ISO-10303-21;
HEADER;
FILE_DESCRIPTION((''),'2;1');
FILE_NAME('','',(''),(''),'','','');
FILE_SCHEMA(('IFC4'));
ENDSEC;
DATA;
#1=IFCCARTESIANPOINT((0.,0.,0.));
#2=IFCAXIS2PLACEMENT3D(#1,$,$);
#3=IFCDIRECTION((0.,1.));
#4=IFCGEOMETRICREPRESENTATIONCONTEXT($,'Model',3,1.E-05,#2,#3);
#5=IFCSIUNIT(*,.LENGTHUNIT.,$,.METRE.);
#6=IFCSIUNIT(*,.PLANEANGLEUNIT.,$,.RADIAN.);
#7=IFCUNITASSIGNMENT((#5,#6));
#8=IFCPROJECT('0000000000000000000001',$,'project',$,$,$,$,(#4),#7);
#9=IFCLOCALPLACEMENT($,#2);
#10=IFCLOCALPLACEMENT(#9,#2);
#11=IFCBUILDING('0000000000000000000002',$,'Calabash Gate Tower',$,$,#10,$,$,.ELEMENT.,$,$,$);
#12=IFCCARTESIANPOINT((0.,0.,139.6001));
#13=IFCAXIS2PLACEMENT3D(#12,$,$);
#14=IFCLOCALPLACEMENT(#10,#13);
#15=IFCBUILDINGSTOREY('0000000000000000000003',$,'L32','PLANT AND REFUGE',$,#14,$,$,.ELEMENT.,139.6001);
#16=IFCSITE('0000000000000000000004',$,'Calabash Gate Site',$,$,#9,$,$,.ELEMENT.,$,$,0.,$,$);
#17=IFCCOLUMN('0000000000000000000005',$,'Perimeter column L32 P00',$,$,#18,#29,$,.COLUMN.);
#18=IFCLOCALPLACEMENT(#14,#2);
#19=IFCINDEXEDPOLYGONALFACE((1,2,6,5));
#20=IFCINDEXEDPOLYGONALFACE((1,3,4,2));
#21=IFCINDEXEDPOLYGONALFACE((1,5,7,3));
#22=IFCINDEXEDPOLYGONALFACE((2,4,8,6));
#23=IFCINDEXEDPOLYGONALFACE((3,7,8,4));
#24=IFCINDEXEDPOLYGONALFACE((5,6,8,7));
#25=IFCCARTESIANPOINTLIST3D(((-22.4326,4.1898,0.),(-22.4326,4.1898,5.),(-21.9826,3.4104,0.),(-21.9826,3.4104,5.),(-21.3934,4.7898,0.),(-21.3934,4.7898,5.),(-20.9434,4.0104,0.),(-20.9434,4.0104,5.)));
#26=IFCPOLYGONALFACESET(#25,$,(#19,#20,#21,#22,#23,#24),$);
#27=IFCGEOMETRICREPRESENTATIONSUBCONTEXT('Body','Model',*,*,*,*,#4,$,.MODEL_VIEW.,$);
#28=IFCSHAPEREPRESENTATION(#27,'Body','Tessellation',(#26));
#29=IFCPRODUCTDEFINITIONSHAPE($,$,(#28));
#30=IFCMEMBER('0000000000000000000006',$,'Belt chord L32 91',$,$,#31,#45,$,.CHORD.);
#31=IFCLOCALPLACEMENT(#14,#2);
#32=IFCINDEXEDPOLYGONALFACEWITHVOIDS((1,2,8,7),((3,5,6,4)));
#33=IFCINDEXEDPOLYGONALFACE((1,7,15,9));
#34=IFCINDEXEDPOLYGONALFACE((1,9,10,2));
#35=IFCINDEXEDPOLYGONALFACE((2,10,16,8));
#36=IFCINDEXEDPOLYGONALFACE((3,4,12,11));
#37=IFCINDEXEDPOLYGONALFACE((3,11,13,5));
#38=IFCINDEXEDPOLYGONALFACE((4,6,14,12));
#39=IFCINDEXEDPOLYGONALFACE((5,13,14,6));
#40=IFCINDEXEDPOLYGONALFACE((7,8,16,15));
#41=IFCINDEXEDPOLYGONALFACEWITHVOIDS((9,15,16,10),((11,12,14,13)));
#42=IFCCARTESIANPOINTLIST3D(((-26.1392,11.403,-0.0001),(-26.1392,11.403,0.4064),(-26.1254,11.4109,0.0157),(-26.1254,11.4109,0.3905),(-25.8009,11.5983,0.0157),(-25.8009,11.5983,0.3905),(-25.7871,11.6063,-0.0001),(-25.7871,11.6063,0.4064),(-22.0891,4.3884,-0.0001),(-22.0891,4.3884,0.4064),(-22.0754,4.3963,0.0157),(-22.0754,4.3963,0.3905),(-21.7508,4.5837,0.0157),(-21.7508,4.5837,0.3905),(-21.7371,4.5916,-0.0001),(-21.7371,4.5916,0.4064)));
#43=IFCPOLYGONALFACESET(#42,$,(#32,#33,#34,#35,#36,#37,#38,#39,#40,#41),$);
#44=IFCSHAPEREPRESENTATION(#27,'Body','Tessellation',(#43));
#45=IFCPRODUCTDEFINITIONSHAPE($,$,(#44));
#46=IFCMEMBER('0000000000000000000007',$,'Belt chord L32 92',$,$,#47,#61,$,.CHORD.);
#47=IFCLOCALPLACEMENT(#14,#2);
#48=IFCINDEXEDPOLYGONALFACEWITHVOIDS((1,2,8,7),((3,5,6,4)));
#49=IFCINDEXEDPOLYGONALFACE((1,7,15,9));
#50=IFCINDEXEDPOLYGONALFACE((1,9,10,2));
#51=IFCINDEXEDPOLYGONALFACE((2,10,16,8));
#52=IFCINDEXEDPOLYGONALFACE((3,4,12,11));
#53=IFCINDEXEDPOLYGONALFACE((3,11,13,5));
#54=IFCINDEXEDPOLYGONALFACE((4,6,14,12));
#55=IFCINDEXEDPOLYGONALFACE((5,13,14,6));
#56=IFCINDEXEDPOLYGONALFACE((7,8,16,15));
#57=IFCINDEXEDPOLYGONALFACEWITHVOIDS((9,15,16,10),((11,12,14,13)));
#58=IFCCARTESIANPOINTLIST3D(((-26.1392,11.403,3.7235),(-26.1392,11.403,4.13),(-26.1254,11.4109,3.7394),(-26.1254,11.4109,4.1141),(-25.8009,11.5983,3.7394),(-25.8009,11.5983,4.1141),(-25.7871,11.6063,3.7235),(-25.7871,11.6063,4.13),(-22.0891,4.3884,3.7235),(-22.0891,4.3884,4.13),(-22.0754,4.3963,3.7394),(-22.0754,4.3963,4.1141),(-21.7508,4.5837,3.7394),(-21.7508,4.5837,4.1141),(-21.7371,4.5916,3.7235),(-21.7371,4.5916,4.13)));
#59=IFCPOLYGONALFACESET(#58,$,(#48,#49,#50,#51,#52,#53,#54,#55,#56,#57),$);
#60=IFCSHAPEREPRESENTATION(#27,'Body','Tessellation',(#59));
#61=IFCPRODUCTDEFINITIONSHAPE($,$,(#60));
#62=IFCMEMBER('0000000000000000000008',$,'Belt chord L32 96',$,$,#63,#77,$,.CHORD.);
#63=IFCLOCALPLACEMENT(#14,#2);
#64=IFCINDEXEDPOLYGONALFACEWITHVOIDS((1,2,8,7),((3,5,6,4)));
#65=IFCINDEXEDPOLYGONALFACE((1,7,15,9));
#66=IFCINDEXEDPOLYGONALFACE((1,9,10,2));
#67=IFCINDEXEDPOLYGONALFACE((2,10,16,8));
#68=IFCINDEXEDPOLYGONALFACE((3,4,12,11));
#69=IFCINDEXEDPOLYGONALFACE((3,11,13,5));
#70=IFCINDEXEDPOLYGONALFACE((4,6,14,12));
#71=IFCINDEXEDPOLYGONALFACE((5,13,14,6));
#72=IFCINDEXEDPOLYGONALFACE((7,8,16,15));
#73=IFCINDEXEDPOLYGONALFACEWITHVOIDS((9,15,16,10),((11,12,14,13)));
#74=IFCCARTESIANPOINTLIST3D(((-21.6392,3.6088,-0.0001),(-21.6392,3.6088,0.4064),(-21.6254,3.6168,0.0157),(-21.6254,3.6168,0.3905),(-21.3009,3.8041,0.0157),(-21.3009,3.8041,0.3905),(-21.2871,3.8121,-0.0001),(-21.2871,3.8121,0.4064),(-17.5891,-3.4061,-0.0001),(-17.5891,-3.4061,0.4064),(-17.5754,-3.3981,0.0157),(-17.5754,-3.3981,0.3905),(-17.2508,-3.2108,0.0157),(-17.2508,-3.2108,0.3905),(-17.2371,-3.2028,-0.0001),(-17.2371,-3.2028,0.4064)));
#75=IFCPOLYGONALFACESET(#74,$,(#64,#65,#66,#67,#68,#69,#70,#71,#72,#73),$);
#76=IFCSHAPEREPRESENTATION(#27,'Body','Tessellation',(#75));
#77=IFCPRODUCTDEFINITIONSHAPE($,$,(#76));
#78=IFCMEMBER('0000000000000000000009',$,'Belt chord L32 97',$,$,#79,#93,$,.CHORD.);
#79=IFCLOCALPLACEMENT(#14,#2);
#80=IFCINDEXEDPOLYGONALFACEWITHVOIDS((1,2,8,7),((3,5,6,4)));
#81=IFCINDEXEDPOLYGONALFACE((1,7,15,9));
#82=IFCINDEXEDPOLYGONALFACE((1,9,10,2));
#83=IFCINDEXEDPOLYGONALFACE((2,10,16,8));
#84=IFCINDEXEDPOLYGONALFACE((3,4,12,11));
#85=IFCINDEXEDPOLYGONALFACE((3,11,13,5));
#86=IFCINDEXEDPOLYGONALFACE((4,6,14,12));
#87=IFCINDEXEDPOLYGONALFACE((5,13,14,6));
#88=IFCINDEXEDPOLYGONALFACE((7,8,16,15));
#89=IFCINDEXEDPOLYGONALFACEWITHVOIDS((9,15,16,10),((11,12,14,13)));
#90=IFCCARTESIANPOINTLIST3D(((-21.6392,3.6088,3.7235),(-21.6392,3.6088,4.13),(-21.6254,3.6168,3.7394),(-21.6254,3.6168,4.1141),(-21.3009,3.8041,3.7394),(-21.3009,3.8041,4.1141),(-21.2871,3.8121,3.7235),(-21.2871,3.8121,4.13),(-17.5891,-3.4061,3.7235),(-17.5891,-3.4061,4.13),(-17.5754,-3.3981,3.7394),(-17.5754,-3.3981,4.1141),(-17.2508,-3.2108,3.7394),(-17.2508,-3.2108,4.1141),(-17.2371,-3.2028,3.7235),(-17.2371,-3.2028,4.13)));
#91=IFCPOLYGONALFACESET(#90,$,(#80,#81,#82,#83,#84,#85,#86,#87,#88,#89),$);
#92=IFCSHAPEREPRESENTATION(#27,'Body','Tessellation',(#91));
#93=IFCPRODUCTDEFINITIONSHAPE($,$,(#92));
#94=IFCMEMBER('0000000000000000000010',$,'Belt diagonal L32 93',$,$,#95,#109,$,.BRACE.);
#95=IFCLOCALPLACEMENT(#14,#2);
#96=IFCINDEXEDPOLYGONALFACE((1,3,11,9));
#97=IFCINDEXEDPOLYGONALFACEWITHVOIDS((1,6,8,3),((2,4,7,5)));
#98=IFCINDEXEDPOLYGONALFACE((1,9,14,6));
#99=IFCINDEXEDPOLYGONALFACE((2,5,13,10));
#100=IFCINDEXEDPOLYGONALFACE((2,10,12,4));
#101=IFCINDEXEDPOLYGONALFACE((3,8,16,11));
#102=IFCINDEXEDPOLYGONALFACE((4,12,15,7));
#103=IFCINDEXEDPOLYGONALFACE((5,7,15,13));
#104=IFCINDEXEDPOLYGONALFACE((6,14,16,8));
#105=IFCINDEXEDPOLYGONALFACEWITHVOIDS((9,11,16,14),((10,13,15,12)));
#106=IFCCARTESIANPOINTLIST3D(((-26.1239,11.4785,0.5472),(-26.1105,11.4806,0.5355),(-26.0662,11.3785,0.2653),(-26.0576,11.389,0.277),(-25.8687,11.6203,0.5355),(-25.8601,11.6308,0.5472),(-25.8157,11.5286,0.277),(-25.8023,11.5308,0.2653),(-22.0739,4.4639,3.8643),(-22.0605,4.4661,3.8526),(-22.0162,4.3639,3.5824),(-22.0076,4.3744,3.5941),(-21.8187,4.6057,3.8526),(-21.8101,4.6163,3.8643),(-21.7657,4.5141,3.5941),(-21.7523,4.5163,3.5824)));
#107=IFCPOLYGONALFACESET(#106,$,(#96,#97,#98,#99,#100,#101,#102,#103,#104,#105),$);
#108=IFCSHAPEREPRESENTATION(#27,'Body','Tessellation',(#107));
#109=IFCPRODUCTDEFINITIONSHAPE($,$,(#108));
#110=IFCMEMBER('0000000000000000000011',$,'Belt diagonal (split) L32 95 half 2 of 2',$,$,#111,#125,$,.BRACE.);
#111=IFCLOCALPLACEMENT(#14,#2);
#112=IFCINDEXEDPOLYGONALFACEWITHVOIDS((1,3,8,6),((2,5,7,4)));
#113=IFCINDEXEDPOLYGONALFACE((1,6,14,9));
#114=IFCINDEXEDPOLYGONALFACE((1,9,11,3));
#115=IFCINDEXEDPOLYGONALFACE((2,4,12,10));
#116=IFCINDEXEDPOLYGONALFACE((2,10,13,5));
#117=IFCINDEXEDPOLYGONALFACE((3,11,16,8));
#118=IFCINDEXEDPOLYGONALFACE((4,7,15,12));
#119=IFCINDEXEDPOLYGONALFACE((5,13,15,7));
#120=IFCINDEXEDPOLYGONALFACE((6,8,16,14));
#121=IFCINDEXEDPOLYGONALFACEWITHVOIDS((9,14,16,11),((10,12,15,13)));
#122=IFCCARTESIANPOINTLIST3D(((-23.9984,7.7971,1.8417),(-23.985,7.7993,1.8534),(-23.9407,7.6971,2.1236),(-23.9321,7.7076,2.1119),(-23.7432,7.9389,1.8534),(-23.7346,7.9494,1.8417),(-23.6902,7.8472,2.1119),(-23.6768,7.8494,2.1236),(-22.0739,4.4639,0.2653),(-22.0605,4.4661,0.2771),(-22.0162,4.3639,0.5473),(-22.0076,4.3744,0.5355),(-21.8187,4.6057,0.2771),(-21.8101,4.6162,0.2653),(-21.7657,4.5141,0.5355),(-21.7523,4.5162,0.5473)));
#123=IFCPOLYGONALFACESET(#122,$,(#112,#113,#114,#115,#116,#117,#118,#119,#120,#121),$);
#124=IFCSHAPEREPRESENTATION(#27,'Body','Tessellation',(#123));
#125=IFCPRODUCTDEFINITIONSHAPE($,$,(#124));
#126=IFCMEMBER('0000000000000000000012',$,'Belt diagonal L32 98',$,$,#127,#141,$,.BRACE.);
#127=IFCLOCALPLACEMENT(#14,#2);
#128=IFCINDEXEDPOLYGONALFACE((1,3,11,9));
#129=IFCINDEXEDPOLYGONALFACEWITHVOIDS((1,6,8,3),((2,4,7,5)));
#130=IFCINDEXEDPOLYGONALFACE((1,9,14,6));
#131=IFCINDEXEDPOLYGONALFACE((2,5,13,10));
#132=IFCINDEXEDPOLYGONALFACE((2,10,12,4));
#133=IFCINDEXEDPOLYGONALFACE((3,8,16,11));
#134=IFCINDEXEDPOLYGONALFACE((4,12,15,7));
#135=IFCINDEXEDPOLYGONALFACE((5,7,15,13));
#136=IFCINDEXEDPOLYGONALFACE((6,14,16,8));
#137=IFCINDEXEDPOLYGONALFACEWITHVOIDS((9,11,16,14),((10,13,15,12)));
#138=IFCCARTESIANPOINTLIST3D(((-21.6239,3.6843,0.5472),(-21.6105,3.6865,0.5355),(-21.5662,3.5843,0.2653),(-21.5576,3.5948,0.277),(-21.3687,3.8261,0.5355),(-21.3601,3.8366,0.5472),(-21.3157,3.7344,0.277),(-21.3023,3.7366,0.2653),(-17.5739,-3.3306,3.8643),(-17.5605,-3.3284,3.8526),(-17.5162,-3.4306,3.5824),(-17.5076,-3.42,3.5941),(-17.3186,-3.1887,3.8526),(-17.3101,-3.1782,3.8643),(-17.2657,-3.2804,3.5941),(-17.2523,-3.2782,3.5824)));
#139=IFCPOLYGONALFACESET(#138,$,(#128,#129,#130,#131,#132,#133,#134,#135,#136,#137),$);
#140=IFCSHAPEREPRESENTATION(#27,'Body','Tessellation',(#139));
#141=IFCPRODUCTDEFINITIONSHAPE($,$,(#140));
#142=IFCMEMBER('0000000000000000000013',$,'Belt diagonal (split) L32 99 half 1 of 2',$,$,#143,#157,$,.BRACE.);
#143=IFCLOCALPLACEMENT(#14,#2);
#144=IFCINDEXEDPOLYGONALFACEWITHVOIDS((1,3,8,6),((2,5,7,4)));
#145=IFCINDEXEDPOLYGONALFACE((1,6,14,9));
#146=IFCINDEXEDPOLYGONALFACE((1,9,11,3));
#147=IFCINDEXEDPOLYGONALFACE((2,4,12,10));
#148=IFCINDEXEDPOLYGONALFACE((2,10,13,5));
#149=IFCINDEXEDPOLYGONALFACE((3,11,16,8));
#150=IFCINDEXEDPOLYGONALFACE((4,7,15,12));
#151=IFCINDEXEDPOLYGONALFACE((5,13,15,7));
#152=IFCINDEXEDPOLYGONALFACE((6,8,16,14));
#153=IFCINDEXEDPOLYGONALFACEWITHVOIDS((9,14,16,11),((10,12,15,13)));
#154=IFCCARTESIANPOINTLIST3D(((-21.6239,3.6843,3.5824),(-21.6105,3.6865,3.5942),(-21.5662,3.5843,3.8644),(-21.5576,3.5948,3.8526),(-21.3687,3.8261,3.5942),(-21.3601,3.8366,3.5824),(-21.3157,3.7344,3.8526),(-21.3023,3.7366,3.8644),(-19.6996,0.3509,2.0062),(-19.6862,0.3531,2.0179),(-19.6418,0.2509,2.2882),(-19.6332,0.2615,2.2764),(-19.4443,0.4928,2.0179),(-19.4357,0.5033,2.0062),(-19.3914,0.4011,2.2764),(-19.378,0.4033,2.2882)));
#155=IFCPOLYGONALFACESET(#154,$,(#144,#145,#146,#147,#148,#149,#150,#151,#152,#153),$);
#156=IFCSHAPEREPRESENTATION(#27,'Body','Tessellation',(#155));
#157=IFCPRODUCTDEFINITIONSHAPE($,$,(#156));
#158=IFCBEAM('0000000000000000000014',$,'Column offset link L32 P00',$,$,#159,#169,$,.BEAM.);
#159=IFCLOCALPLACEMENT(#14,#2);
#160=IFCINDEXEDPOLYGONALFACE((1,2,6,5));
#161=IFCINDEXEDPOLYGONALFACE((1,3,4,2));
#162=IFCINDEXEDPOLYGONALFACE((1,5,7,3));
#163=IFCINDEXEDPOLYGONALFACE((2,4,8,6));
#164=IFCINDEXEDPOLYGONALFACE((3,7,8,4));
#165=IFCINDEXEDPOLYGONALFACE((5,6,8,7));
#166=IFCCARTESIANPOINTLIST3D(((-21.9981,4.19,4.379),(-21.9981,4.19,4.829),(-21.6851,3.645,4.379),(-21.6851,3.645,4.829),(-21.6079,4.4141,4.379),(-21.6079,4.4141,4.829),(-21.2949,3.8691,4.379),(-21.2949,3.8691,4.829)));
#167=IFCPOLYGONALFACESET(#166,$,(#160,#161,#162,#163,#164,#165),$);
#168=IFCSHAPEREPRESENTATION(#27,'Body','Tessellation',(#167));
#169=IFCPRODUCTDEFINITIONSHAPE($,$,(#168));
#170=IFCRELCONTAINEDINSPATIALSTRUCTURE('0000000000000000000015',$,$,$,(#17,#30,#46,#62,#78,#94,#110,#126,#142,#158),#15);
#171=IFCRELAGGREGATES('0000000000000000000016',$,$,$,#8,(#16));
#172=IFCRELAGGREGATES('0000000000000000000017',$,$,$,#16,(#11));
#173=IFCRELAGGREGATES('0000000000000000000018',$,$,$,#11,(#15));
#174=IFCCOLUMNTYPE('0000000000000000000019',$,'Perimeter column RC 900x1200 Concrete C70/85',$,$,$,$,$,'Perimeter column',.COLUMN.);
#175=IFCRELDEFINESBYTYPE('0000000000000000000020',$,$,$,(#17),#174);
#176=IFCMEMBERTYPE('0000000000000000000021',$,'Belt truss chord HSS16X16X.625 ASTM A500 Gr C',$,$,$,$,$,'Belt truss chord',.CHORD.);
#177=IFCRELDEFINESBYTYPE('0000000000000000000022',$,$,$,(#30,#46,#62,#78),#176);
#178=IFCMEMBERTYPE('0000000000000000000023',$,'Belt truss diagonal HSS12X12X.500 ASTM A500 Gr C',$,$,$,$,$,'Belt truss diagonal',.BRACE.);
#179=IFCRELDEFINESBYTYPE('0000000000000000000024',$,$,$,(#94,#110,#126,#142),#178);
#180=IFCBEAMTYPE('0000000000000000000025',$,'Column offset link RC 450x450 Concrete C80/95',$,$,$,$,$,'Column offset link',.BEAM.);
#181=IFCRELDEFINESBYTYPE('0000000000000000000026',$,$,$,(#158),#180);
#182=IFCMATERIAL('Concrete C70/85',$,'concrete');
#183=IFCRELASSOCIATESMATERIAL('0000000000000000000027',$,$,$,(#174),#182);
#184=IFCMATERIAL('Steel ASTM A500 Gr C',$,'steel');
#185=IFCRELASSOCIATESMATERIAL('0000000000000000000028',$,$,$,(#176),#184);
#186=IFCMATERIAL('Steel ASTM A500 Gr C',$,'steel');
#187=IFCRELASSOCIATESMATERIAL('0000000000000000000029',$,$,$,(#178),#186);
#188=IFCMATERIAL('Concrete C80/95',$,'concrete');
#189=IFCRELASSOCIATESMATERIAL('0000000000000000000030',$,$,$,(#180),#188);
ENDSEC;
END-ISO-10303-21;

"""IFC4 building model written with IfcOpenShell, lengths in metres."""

from ifc_helpers import new_model, si_unit, direction, frame, origin, origin_2d, place, context, subcontext, project, spatial, rectangle, hollow_rectangle, extrude, material, material_profile, profile_set, type_object, element, save


model = new_model("IFC4")

# Units and contexts
model_context = context("Model", 3, precision=1e-05, world=origin(), true_north=direction((0.0, 1.0)))
body_context = subcontext(model_context, "Body", "Model", "MODEL_VIEW")
ifc_project = project(units=[si_unit("LENGTHUNIT", "METRE"), si_unit("PLANEANGLEUNIT", "RADIAN")], contexts=[model_context])

# Site, building, storey
site_placement = place(None, origin())
site = spatial("IfcSite", under=ifc_project, at=site_placement, Name="Calabash Gate Site", CompositionType="ELEMENT", RefElevation=0.0)
building_placement = place(site_placement, origin())
building = spatial("IfcBuilding", under=site, at=building_placement, Name="Calabash Gate Tower", CompositionType="ELEMENT")
storey_placement = place(building_placement, frame((0.0, 0.0, 139.6001)))
storey = spatial("IfcBuildingStorey", under=building, at=storey_placement, Name="L32", Description="PLANT AND REFUGE", CompositionType="ELEMENT", Elevation=139.6001)

# Column
ifc_material_1 = material(Name="Concrete C70/85", Category="concrete")
ifc_material_profile_1 = material_profile(ifc_material_1, rectangle(XDim=0.8999, YDim=1.2, at=origin_2d()))
ifc_profile_set_1 = profile_set([ifc_material_profile_1], Name="Concrete C70/85")
column_type = type_object("IfcColumnType", Name="Perimeter column RC 900x1200 Concrete C70/85", ElementType="Perimeter column", PredefinedType="COLUMN", material=ifc_profile_set_1)
column_placement = place(storey_placement, frame((-21.688, 4.1001, 0.0), z_axis=(0.0, 0.0, 1.0), x_axis=(0.5, -0.866025, 0.0)))
element("IfcColumn", 1, at=column_placement, inside=storey, type_object=column_type, Name="Perimeter column L32 P00", PredefinedType="COLUMN", context=body_context, shape_type="SweptSolid", body=[
    extrude(rectangle(XDim=0.8999, YDim=1.2, at=origin_2d()), origin(), (0.0, 0.0, 1.0), 5.0),
])

# Members
ifc_material_2 = material(Name="Steel ASTM A500 Gr C", Category="steel")
ifc_material_profile_2 = material_profile(ifc_material_2, hollow_rectangle(XDim=0.4065, YDim=0.4065, WallThickness=0.0159, at=origin_2d()))
ifc_profile_set_2 = profile_set([ifc_material_profile_2], Name="Steel ASTM A500 Gr C")
member_type_1 = type_object("IfcMemberType", Name="Belt truss chord HSS16X16X.625 ASTM A500 Gr C", ElementType="Belt truss chord", PredefinedType="CHORD", material=ifc_profile_set_2)
for number, where, z_axis, x_axis, name in (
    (2, (-25.9631, 11.5046, 0.2031), (0.500013, -0.866018, 0.0), (0.866018, 0.500013, 0.0), "Belt chord L32 91"),
    (3, (-25.9631, 11.5046, 3.9268), (0.500013, -0.866018, 0.0), (0.866018, 0.500013, 0.0), "Belt chord L32 92"),
):
    element("IfcMember", number, at=place(storey_placement, frame(where, z_axis=z_axis, x_axis=x_axis)), inside=storey, type_object=member_type_1, Name=name, PredefinedType="CHORD", context=body_context, shape_type="SweptSolid", body=[
        extrude(hollow_rectangle(XDim=0.4065, YDim=0.4065, WallThickness=0.0159, at=origin_2d()), origin(), (0.0, 0.0, 1.0), 8.0999),
    ])
for number, where, z_axis, x_axis, name in (
    (4, (-21.4631, 3.7104, 0.2031), (0.5, -0.866025, 0.0), (0.866025, 0.5, 0.0), "Belt chord L32 96"),
    (5, (-21.4631, 3.7104, 3.9268), (0.5, -0.866025, 0.0), (0.866025, 0.5, 0.0), "Belt chord L32 97"),
):
    element("IfcMember", number, at=place(storey_placement, frame(where, z_axis=z_axis, x_axis=x_axis)), inside=storey, type_object=member_type_1, Name=name, PredefinedType="CHORD", context=body_context, shape_type="SweptSolid", body=[
        extrude(hollow_rectangle(XDim=0.4065, YDim=0.4065, WallThickness=0.0159, at=origin_2d()), origin(), (0.0, 0.0, 1.0), 8.1001),
    ])
ifc_material_3 = material(Name="Steel ASTM A500 Gr C", Category="steel")
ifc_material_profile_3 = material_profile(ifc_material_3, hollow_rectangle(XDim=0.3047, YDim=0.3047, WallThickness=0.0127, at=origin_2d()))
ifc_profile_set_3 = profile_set([ifc_material_profile_3], Name="Steel ASTM A500 Gr C")
member_type_2 = type_object("IfcMemberType", Name="Belt truss diagonal HSS12X12X.500 ASTM A500 Gr C", ElementType="Belt truss diagonal", PredefinedType="BRACE", material=ifc_profile_set_3)
member_1_placement = place(storey_placement, frame((-25.9631, 11.5046, 0.4062), z_axis=(0.462714, -0.801417, 0.37898), x_axis=(0.866018, 0.500013, 0.0)))
element("IfcMember", 6, at=member_1_placement, inside=storey, type_object=member_type_2, Name="Belt diagonal L32 93", PredefinedType="BRACE", context=body_context, shape_type="SweptSolid", body=[
    extrude(hollow_rectangle(XDim=0.3047, YDim=0.3047, WallThickness=0.0127, at=origin_2d()), origin(), (0.0, 0.0, 1.0), 8.7527),
])
member_2_placement = place(storey_placement, frame((-23.8376, 7.8232, 1.9827), z_axis=(0.462715, -0.801402, -0.379012), x_axis=(0.866013, 0.500021, 0.0)))
element("IfcMember", 7, at=member_2_placement, inside=storey, type_object=member_type_2, Name="Belt diagonal (split) L32 95 half 2 of 2", PredefinedType="BRACE", context=body_context, shape_type="SweptSolid", body=[
    extrude(hollow_rectangle(XDim=0.3047, YDim=0.3047, WallThickness=0.0127, at=origin_2d()), origin(), (0.0, 0.0, 1.0), 4.1592),
])
member_3_placement = place(storey_placement, frame((-21.4631, 3.7104, 0.4062), z_axis=(0.462704, -0.801427, 0.378972), x_axis=(0.866025, 0.5, 0.0)))
element("IfcMember", 8, at=member_3_placement, inside=storey, type_object=member_type_2, Name="Belt diagonal L32 98", PredefinedType="BRACE", context=body_context, shape_type="SweptSolid", body=[
    extrude(hollow_rectangle(XDim=0.3047, YDim=0.3047, WallThickness=0.0127, at=origin_2d()), origin(), (0.0, 0.0, 1.0), 8.7529),
])
member_4_placement = place(storey_placement, frame((-21.4631, 3.7104, 3.7234), z_axis=(0.462679, -0.801441, -0.378972), x_axis=(0.866041, 0.499973, 0.0)))
element("IfcMember", 9, at=member_4_placement, inside=storey, type_object=member_type_2, Name="Belt diagonal (split) L32 99 half 1 of 2", PredefinedType="BRACE", context=body_context, shape_type="SweptSolid", body=[
    extrude(hollow_rectangle(XDim=0.3047, YDim=0.3047, WallThickness=0.0127, at=origin_2d()), origin(), (0.0, 0.0, 1.0), 4.1592),
])

# Beam
ifc_material_4 = material(Name="Concrete C80/95", Category="concrete")
ifc_material_profile_4 = material_profile(ifc_material_4, rectangle(XDim=0.45, YDim=0.45, at=origin_2d()))
ifc_profile_set_4 = profile_set([ifc_material_profile_4], Name="Concrete C80/95")
beam_type_1 = type_object("IfcBeamType", Name="Column offset link RC 450x450 Concrete C80/95", ElementType="Column offset link", PredefinedType="BEAM", material=ifc_profile_set_4)
beam_1_placement = place(storey_placement, frame((-21.49, 3.7571, 4.604), z_axis=(-0.498062, 0.867141, 0.0), x_axis=(-0.867141, -0.498062, 0.0)))
element("IfcBeam", 10, at=beam_1_placement, inside=storey, type_object=beam_type_1, Name="Column offset link L32 P00", PredefinedType="BEAM", context=body_context, shape_type="SweptSolid", body=[
    extrude(rectangle(XDim=0.45, YDim=0.45, at=origin_2d()), origin(), (0.0, 0.0, 1.0), 0.6284),
])

save(model, "model.ifc")
